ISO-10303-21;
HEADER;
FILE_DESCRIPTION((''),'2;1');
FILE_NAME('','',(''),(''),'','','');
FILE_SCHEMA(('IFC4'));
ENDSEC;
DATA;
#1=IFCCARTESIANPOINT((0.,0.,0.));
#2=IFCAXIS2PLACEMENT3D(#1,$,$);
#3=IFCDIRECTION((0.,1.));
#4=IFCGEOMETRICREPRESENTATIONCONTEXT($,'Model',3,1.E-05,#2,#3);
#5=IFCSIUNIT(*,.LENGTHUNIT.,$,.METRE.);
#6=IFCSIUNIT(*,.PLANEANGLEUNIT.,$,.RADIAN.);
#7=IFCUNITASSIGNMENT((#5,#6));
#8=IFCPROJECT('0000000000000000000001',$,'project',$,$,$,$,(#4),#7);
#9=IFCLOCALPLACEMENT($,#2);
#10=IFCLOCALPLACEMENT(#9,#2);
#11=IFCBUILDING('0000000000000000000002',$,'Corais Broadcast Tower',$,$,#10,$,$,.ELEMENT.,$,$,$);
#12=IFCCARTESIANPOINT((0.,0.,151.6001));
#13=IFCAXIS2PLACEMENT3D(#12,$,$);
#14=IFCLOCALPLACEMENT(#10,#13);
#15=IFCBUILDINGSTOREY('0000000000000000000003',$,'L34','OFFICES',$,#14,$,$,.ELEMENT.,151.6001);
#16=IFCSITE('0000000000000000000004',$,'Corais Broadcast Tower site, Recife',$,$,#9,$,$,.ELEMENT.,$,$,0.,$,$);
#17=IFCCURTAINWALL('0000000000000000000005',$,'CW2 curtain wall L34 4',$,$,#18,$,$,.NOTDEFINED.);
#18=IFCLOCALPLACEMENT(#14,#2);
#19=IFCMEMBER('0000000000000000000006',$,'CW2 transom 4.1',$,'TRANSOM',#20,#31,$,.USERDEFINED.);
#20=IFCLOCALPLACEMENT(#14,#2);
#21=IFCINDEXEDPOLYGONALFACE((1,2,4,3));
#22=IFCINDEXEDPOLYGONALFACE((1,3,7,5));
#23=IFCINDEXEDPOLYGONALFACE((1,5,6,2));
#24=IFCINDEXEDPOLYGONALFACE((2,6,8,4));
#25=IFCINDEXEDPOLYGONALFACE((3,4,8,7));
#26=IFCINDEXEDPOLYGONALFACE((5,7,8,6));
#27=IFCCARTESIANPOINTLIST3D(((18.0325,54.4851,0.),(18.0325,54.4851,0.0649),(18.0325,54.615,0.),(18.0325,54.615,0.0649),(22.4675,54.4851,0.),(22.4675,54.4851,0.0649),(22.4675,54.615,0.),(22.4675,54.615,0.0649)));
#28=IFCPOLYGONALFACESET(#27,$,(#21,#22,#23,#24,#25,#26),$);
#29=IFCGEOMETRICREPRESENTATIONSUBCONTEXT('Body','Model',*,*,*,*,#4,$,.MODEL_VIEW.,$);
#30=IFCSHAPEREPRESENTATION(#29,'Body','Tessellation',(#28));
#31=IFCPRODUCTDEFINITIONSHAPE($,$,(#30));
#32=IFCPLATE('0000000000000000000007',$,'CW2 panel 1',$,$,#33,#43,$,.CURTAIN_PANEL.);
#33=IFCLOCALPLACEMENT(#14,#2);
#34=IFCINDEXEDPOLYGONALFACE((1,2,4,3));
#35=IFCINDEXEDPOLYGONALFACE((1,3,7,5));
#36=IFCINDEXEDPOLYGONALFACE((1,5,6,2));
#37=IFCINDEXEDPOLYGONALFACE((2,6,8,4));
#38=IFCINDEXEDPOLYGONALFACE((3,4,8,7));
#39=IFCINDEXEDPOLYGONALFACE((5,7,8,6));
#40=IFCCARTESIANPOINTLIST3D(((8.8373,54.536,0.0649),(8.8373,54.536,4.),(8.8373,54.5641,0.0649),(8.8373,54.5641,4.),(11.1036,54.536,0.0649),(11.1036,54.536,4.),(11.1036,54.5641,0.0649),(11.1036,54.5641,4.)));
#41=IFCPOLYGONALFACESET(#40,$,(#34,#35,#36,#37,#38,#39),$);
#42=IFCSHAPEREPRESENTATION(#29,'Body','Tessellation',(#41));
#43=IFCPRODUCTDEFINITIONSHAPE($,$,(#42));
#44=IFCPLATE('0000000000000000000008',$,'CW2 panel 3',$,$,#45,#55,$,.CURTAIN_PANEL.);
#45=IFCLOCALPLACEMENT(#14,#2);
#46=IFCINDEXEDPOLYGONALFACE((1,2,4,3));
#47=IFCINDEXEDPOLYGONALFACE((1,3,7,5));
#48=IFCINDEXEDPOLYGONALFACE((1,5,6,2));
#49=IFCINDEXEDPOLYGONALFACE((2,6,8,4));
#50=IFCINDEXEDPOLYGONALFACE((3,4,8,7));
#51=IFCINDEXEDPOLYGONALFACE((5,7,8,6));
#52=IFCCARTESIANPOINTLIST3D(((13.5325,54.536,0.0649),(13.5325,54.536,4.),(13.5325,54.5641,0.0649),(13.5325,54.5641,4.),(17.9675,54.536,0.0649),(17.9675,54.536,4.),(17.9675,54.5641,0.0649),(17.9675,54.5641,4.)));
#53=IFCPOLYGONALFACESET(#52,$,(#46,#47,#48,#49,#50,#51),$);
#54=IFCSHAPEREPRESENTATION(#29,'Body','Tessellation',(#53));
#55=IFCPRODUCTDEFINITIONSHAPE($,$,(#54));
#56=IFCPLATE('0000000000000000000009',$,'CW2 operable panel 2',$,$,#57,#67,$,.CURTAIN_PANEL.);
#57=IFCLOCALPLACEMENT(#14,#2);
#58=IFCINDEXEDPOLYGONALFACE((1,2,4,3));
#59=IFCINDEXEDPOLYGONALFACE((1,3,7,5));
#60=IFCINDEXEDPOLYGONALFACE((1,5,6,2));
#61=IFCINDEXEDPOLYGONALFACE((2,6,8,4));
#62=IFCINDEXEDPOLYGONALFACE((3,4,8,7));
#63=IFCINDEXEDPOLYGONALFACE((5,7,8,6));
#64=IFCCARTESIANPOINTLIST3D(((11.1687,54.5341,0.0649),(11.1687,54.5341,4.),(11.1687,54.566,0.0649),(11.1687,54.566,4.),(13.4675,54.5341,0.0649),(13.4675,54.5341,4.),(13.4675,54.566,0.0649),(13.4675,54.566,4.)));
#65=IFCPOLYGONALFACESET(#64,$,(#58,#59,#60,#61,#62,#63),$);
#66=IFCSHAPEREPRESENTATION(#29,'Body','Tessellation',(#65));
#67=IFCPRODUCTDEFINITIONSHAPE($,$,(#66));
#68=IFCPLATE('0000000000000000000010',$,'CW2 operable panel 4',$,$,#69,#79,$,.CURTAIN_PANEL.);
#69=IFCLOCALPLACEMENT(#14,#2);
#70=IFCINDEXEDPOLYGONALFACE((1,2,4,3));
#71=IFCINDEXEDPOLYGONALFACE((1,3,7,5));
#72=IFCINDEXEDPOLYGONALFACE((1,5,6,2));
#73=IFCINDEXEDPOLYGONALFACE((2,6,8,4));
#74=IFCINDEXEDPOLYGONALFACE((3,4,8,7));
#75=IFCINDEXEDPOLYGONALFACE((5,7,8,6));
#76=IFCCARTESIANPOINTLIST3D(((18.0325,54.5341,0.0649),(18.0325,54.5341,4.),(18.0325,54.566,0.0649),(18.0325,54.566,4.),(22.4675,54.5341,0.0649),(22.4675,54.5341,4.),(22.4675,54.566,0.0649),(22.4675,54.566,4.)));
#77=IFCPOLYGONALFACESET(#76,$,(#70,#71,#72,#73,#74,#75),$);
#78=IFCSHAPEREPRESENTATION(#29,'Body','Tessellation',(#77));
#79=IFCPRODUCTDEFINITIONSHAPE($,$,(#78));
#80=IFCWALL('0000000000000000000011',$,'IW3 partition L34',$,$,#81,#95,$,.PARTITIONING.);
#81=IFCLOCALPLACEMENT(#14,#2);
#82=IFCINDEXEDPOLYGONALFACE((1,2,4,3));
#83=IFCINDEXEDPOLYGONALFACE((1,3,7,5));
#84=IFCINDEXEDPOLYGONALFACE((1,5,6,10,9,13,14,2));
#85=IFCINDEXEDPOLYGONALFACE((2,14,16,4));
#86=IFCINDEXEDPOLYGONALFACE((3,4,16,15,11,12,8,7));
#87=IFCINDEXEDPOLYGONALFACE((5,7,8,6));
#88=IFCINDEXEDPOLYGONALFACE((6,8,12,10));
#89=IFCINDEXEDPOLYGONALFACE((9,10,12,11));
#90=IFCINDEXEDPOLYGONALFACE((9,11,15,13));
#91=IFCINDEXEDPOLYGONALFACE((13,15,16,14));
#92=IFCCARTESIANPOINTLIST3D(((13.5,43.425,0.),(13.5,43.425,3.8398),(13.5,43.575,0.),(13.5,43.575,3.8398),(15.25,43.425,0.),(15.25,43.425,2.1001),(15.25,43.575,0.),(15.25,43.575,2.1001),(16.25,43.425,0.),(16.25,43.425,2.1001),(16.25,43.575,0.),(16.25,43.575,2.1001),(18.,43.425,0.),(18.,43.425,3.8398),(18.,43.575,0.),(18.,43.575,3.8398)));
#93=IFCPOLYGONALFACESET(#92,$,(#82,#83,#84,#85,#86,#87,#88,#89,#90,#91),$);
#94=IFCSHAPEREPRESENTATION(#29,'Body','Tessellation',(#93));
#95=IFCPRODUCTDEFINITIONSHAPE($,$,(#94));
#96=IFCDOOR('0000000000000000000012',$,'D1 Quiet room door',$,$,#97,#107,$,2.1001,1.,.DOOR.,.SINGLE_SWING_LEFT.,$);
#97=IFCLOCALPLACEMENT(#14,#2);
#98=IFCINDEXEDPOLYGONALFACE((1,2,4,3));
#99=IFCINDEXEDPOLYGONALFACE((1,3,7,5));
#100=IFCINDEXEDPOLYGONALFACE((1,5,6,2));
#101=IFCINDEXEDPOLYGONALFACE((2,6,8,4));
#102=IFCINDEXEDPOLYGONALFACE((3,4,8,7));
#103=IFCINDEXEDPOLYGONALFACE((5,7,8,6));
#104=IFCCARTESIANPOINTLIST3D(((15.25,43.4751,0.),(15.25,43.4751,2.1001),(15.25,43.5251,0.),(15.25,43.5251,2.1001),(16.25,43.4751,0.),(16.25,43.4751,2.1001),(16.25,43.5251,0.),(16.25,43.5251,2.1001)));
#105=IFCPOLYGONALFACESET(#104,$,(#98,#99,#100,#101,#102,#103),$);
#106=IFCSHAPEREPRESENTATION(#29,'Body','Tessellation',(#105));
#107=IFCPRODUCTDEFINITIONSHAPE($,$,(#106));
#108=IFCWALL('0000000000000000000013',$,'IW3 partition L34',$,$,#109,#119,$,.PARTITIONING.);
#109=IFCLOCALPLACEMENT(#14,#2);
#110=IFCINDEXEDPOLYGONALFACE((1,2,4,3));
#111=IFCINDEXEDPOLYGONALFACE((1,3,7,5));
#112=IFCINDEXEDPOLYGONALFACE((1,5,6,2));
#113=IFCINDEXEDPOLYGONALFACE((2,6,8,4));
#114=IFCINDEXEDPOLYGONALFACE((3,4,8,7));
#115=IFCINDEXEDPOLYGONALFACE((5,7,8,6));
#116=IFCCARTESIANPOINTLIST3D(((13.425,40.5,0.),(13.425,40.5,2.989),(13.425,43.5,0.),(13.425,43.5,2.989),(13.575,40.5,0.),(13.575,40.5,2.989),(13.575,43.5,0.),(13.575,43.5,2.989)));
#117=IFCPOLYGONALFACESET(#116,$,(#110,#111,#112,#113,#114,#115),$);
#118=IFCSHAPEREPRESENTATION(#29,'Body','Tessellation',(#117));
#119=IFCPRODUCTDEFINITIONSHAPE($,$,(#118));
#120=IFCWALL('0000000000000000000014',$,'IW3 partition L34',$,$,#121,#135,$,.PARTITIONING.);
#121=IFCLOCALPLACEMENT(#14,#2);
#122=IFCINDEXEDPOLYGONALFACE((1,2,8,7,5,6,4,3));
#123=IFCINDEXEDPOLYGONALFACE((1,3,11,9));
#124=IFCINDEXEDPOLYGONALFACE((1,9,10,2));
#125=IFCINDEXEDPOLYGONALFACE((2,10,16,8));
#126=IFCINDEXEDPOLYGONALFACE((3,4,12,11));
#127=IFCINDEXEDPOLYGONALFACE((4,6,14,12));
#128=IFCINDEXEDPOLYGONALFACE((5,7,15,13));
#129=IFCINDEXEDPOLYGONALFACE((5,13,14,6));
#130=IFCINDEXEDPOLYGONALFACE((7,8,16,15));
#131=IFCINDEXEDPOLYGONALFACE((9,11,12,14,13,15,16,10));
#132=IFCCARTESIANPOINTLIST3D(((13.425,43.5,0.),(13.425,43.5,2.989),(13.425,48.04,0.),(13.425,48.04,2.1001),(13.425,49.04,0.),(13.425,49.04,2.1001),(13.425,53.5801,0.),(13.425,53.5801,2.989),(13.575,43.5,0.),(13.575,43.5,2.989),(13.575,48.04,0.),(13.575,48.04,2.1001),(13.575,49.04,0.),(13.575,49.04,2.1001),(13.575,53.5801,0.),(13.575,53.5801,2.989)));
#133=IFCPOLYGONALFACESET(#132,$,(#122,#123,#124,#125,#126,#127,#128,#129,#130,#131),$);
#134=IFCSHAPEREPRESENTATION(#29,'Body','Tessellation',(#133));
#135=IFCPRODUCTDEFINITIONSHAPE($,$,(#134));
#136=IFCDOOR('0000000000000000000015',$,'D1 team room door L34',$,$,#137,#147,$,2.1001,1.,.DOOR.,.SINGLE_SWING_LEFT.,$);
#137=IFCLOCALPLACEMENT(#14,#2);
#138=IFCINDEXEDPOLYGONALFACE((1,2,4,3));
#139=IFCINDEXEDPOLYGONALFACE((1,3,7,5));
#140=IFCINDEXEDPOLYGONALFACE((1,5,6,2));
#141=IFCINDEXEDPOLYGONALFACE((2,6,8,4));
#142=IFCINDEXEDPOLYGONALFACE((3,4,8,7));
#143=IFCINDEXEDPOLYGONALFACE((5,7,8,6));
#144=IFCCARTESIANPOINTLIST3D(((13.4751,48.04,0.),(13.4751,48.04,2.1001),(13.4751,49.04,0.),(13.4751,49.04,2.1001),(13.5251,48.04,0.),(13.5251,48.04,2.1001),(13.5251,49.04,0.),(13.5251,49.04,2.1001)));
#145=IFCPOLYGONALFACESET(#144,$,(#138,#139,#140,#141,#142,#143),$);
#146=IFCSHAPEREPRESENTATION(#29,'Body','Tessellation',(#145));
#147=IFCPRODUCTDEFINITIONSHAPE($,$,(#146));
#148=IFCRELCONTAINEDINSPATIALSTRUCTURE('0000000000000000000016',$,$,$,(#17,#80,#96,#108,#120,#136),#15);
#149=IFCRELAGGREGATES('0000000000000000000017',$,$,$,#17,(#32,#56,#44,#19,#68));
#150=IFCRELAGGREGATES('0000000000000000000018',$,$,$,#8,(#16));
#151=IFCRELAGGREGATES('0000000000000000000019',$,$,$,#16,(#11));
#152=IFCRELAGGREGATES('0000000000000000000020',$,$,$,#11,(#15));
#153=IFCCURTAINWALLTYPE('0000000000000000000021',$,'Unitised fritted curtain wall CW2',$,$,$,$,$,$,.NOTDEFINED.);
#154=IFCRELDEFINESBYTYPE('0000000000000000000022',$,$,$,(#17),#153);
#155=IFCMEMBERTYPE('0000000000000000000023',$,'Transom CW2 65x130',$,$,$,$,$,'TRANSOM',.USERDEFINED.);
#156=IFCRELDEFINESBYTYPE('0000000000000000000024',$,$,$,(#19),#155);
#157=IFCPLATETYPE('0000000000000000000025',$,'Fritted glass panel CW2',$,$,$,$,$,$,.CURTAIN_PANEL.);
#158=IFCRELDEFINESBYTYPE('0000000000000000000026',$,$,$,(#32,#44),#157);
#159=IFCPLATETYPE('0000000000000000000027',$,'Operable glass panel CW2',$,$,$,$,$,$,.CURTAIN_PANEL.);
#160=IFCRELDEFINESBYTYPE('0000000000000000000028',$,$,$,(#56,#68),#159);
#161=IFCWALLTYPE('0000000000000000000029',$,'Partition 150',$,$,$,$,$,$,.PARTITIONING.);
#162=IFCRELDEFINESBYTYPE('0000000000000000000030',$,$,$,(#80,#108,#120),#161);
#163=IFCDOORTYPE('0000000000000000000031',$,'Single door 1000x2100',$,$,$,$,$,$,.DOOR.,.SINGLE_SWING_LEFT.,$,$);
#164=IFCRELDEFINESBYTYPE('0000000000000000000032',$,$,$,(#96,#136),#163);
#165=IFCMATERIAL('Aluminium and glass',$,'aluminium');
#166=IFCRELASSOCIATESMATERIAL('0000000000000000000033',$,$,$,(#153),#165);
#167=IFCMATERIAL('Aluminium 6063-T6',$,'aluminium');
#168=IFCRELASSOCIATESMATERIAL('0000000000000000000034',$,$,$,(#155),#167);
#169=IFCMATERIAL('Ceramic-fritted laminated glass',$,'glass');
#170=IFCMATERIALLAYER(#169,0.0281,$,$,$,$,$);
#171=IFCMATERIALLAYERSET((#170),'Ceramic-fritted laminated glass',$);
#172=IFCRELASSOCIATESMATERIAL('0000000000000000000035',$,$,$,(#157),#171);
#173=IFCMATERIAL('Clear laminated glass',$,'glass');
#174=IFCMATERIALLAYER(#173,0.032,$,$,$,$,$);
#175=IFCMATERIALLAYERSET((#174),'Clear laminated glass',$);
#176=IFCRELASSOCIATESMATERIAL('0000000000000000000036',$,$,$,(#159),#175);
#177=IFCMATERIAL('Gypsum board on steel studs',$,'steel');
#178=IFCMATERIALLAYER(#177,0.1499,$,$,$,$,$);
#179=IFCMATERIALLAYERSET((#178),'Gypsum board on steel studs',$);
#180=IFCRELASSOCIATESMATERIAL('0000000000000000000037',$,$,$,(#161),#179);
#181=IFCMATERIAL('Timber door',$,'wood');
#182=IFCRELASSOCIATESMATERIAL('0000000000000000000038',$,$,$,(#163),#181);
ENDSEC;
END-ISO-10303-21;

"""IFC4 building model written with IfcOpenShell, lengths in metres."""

from ifc_helpers import new_model, si_unit, direction, frame, frame_2d, origin, origin_2d, place, context, subcontext, project, spatial, rectangle, extrude, material, layer, layer_set, material_profile, profile_set, type_object, element, fill, aggregate, save


model = new_model("IFC4")

# Units and contexts
model_context = context("Model", 3, precision=1e-05, world=origin(), true_north=direction((0.0, 1.0)))
body_context = subcontext(model_context, "Body", "Model", "MODEL_VIEW")
ifc_project = project(units=[si_unit("LENGTHUNIT", "METRE"), si_unit("PLANEANGLEUNIT", "RADIAN")], contexts=[model_context])

# Site, building, storey
site_placement = place(None, origin())
site = spatial("IfcSite", under=ifc_project, at=site_placement, Name="Corais Broadcast Tower site, Recife", CompositionType="ELEMENT", RefElevation=0.0)
building_placement = place(site_placement, origin())
building = spatial("IfcBuilding", under=site, at=building_placement, Name="Corais Broadcast Tower", CompositionType="ELEMENT")
storey_placement = place(building_placement, frame((0.0, 0.0, 151.6001)))
storey = spatial("IfcBuildingStorey", under=building, at=storey_placement, Name="L34", Description="OFFICES", CompositionType="ELEMENT", Elevation=151.6001)

# Curtain wall
ifc_material_1 = material(Name="Aluminium and glass", Category="aluminium")
curtain_wall_type = type_object("IfcCurtainWallType", Name="Unitised fritted curtain wall CW2", PredefinedType="NOTDEFINED", material=ifc_material_1)
curtain_wall_placement = place(storey_placement, origin())
curtain_wall = element("IfcCurtainWall", 1, at=curtain_wall_placement, inside=storey, type_object=curtain_wall_type, Name="CW2 curtain wall L34 4", PredefinedType="NOTDEFINED")

# Member
ifc_material_2 = material(Name="Aluminium 6063-T6", Category="aluminium")
ifc_material_profile_1 = material_profile(ifc_material_2, rectangle(XDim=0.1299, YDim=0.0649, at=origin_2d()), Name="Transom CW2 65x130")
ifc_profile_set_1 = profile_set([ifc_material_profile_1], Name="Aluminium 6063-T6")
member_type_1 = type_object("IfcMemberType", Name="Transom CW2 65x130", ElementType="TRANSOM", PredefinedType="USERDEFINED", material=ifc_profile_set_1)
member_1_placement = place(storey_placement, frame((18.0325, 54.55, 0.0325), z_axis=(1.0, 0.0, 0.0), x_axis=(0.0, 1.0, 0.0)))
member_1 = element("IfcMember", 2, at=member_1_placement, type_object=member_type_1, Name="CW2 transom 4.1", ObjectType="TRANSOM", PredefinedType="USERDEFINED", context=body_context, shape_type="SweptSolid", body=[
    extrude(rectangle(XDim=0.1299, YDim=0.0649, at=origin_2d()), origin(), (0.0, 0.0, 1.0), 4.4351),
])

# Plates
ifc_material_3 = material(Name="Ceramic-fritted laminated glass", Category="glass")
ifc_layer_1 = layer(ifc_material_3, 0.0281)
ifc_layer_set_1 = layer_set([ifc_layer_1], Name="Ceramic-fritted laminated glass")
plate_type_1 = type_object("IfcPlateType", Name="Fritted glass panel CW2", PredefinedType="CURTAIN_PANEL", material=ifc_layer_set_1)
plate_1_placement = place(storey_placement, frame((9.9705, 54.55, 0.0649), z_axis=(0.0, 0.0, 1.0), x_axis=(1.0, 0.0, 0.0)))
plate_1 = element("IfcPlate", 3, at=plate_1_placement, type_object=plate_type_1, Name="CW2 panel 1", PredefinedType="CURTAIN_PANEL", context=body_context, shape_type="SweptSolid", body=[
    extrude(rectangle(XDim=2.2664, YDim=0.0281, at=origin_2d()), origin(), (0.0, 0.0, 1.0), 3.9351),
])
plate_2_placement = place(storey_placement, frame((15.75, 54.55, 0.0649), z_axis=(0.0, 0.0, 1.0), x_axis=(1.0, 0.0, 0.0)))
plate_2 = element("IfcPlate", 4, at=plate_2_placement, type_object=plate_type_1, Name="CW2 panel 3", PredefinedType="CURTAIN_PANEL", context=body_context, shape_type="SweptSolid", body=[
    extrude(rectangle(XDim=4.4351, YDim=0.0281, at=origin_2d()), origin(), (0.0, 0.0, 1.0), 3.9351),
])
ifc_material_4 = material(Name="Clear laminated glass", Category="glass")
ifc_layer_2 = layer(ifc_material_4, 0.032)
ifc_layer_set_2 = layer_set([ifc_layer_2], Name="Clear laminated glass")
plate_type_2 = type_object("IfcPlateType", Name="Operable glass panel CW2", PredefinedType="CURTAIN_PANEL", material=ifc_layer_set_2)
plate_3_placement = place(storey_placement, frame((12.3181, 54.55, 0.0649), z_axis=(0.0, 0.0, 1.0), x_axis=(1.0, 0.0, 0.0)))
plate_3 = element("IfcPlate", 5, at=plate_3_placement, type_object=plate_type_2, Name="CW2 operable panel 2", PredefinedType="CURTAIN_PANEL", context=body_context, shape_type="SweptSolid", body=[
    extrude(rectangle(XDim=2.2988, YDim=0.032, at=origin_2d()), origin(), (0.0, 0.0, 1.0), 3.9351),
])
plate_4_placement = place(storey_placement, frame((20.25, 54.55, 0.0649), z_axis=(0.0, 0.0, 1.0), x_axis=(1.0, 0.0, 0.0)))
plate_4 = element("IfcPlate", 6, at=plate_4_placement, type_object=plate_type_2, Name="CW2 operable panel 4", PredefinedType="CURTAIN_PANEL", context=body_context, shape_type="SweptSolid", body=[
    extrude(rectangle(XDim=4.4351, YDim=0.032, at=origin_2d()), origin(), (0.0, 0.0, 1.0), 3.9351),
])
aggregate(curtain_wall, [plate_1, plate_3, plate_2, member_1, plate_4])

# Wall, opening, door
ifc_material_5 = material(Name="Gypsum board on steel studs", Category="steel")
ifc_layer_3 = layer(ifc_material_5, 0.1499)
ifc_layer_set_3 = layer_set([ifc_layer_3], Name="Gypsum board on steel studs")
wall_type = type_object("IfcWallType", Name="Partition 150", PredefinedType="PARTITIONING", material=ifc_layer_set_3)
wall_1_placement = place(storey_placement, frame((18.0, 43.5, 0.0), z_axis=(0.0, 0.0, 1.0), x_axis=(-1.0, 0.0, 0.0)))
wall_1 = element("IfcWall", 7, at=wall_1_placement, inside=storey, type_object=wall_type, Name="IW3 partition L34", PredefinedType="PARTITIONING", context=body_context, shape_type="SweptSolid", body=[
    extrude(rectangle(XDim=4.5, YDim=0.1499, at=frame_2d((2.25, 0.0))), origin(), (0.0, 0.0, 1.0), 3.8398),
])
opening_1_placement = place(wall_1_placement, frame((1.75, 0.0, 0.0)))
opening_1 = element("IfcOpeningElement", 8, at=opening_1_placement, cuts=wall_1, PredefinedType="OPENING", context=body_context, shape_type="SweptSolid", body=[
    extrude(rectangle(XDim=1.0, YDim=2.1001, at=frame_2d((0.5, 1.05))), frame((0.0, 0.085, 0.0), z_axis=(0.0, -1.0, 0.0), x_axis=(1.0, 0.0, 0.0)), (0.0, 0.0, 1.0), 0.1699),
])
ifc_material_6 = material(Name="Timber door", Category="wood")
door_type = type_object("IfcDoorType", Name="Single door 1000x2100", OperationType="SINGLE_SWING_LEFT", PredefinedType="DOOR", material=ifc_material_6)
door_1_placement = place(opening_1_placement, origin())
door_1 = element("IfcDoor", 9, at=door_1_placement, inside=storey, type_object=door_type, Name="D1 Quiet room door", OperationType="SINGLE_SWING_LEFT", OverallHeight=2.1001, OverallWidth=1.0, PredefinedType="DOOR", context=body_context, shape_type="SweptSolid", body=[
    extrude(rectangle(XDim=1.0, YDim=2.1001, at=frame_2d((0.5, 1.05))), frame((0.0, 0.0249, 0.0), z_axis=(0.0, -1.0, 0.0), x_axis=(1.0, 0.0, 0.0)), (0.0, 0.0, 1.0), 0.05),
])
fill(opening_1, door_1)

# Wall
wall_2_placement = place(storey_placement, frame((13.5, 43.5, 0.0), z_axis=(0.0, 0.0, 1.0), x_axis=(0.0, -1.0, 0.0)))
element("IfcWall", 10, at=wall_2_placement, inside=storey, type_object=wall_type, Name="IW3 partition L34", PredefinedType="PARTITIONING", context=body_context, shape_type="SweptSolid", body=[
    extrude(rectangle(XDim=3.0, YDim=0.1499, at=frame_2d((1.5, 0.0))), origin(), (0.0, 0.0, 1.0), 2.989),
])

# Wall, opening, door
wall_3_placement = place(storey_placement, frame((13.5, 43.5, 0.0), z_axis=(0.0, 0.0, 1.0), x_axis=(0.0, 1.0, 0.0)))
wall_3 = element("IfcWall", 11, at=wall_3_placement, inside=storey, type_object=wall_type, Name="IW3 partition L34", PredefinedType="PARTITIONING", context=body_context, shape_type="SweptSolid", body=[
    extrude(rectangle(XDim=10.0801, YDim=0.1499, at=frame_2d((5.04, 0.0))), origin(), (0.0, 0.0, 1.0), 2.989),
])
opening_2_placement = place(wall_3_placement, frame((4.54, 0.0, 0.0)))
opening_2 = element("IfcOpeningElement", 12, at=opening_2_placement, cuts=wall_3, PredefinedType="OPENING", context=body_context, shape_type="SweptSolid", body=[
    extrude(rectangle(XDim=1.0, YDim=2.1001, at=frame_2d((0.5, 1.05))), frame((0.0, 0.085, 0.0), z_axis=(0.0, -1.0, 0.0), x_axis=(1.0, 0.0, 0.0)), (0.0, 0.0, 1.0), 0.1699),
])
door_2_placement = place(opening_2_placement, origin())
door_2 = element("IfcDoor", 13, at=door_2_placement, inside=storey, type_object=door_type, Name="D1 team room door L34", OperationType="SINGLE_SWING_LEFT", OverallHeight=2.1001, OverallWidth=1.0, PredefinedType="DOOR", context=body_context, shape_type="SweptSolid", body=[
    extrude(rectangle(XDim=1.0, YDim=2.1001, at=frame_2d((0.5, 1.05))), frame((0.0, 0.0249, 0.0), z_axis=(0.0, -1.0, 0.0), x_axis=(1.0, 0.0, 0.0)), (0.0, 0.0, 1.0), 0.05),
])
fill(opening_2, door_2)

save(model, "model.ifc")
